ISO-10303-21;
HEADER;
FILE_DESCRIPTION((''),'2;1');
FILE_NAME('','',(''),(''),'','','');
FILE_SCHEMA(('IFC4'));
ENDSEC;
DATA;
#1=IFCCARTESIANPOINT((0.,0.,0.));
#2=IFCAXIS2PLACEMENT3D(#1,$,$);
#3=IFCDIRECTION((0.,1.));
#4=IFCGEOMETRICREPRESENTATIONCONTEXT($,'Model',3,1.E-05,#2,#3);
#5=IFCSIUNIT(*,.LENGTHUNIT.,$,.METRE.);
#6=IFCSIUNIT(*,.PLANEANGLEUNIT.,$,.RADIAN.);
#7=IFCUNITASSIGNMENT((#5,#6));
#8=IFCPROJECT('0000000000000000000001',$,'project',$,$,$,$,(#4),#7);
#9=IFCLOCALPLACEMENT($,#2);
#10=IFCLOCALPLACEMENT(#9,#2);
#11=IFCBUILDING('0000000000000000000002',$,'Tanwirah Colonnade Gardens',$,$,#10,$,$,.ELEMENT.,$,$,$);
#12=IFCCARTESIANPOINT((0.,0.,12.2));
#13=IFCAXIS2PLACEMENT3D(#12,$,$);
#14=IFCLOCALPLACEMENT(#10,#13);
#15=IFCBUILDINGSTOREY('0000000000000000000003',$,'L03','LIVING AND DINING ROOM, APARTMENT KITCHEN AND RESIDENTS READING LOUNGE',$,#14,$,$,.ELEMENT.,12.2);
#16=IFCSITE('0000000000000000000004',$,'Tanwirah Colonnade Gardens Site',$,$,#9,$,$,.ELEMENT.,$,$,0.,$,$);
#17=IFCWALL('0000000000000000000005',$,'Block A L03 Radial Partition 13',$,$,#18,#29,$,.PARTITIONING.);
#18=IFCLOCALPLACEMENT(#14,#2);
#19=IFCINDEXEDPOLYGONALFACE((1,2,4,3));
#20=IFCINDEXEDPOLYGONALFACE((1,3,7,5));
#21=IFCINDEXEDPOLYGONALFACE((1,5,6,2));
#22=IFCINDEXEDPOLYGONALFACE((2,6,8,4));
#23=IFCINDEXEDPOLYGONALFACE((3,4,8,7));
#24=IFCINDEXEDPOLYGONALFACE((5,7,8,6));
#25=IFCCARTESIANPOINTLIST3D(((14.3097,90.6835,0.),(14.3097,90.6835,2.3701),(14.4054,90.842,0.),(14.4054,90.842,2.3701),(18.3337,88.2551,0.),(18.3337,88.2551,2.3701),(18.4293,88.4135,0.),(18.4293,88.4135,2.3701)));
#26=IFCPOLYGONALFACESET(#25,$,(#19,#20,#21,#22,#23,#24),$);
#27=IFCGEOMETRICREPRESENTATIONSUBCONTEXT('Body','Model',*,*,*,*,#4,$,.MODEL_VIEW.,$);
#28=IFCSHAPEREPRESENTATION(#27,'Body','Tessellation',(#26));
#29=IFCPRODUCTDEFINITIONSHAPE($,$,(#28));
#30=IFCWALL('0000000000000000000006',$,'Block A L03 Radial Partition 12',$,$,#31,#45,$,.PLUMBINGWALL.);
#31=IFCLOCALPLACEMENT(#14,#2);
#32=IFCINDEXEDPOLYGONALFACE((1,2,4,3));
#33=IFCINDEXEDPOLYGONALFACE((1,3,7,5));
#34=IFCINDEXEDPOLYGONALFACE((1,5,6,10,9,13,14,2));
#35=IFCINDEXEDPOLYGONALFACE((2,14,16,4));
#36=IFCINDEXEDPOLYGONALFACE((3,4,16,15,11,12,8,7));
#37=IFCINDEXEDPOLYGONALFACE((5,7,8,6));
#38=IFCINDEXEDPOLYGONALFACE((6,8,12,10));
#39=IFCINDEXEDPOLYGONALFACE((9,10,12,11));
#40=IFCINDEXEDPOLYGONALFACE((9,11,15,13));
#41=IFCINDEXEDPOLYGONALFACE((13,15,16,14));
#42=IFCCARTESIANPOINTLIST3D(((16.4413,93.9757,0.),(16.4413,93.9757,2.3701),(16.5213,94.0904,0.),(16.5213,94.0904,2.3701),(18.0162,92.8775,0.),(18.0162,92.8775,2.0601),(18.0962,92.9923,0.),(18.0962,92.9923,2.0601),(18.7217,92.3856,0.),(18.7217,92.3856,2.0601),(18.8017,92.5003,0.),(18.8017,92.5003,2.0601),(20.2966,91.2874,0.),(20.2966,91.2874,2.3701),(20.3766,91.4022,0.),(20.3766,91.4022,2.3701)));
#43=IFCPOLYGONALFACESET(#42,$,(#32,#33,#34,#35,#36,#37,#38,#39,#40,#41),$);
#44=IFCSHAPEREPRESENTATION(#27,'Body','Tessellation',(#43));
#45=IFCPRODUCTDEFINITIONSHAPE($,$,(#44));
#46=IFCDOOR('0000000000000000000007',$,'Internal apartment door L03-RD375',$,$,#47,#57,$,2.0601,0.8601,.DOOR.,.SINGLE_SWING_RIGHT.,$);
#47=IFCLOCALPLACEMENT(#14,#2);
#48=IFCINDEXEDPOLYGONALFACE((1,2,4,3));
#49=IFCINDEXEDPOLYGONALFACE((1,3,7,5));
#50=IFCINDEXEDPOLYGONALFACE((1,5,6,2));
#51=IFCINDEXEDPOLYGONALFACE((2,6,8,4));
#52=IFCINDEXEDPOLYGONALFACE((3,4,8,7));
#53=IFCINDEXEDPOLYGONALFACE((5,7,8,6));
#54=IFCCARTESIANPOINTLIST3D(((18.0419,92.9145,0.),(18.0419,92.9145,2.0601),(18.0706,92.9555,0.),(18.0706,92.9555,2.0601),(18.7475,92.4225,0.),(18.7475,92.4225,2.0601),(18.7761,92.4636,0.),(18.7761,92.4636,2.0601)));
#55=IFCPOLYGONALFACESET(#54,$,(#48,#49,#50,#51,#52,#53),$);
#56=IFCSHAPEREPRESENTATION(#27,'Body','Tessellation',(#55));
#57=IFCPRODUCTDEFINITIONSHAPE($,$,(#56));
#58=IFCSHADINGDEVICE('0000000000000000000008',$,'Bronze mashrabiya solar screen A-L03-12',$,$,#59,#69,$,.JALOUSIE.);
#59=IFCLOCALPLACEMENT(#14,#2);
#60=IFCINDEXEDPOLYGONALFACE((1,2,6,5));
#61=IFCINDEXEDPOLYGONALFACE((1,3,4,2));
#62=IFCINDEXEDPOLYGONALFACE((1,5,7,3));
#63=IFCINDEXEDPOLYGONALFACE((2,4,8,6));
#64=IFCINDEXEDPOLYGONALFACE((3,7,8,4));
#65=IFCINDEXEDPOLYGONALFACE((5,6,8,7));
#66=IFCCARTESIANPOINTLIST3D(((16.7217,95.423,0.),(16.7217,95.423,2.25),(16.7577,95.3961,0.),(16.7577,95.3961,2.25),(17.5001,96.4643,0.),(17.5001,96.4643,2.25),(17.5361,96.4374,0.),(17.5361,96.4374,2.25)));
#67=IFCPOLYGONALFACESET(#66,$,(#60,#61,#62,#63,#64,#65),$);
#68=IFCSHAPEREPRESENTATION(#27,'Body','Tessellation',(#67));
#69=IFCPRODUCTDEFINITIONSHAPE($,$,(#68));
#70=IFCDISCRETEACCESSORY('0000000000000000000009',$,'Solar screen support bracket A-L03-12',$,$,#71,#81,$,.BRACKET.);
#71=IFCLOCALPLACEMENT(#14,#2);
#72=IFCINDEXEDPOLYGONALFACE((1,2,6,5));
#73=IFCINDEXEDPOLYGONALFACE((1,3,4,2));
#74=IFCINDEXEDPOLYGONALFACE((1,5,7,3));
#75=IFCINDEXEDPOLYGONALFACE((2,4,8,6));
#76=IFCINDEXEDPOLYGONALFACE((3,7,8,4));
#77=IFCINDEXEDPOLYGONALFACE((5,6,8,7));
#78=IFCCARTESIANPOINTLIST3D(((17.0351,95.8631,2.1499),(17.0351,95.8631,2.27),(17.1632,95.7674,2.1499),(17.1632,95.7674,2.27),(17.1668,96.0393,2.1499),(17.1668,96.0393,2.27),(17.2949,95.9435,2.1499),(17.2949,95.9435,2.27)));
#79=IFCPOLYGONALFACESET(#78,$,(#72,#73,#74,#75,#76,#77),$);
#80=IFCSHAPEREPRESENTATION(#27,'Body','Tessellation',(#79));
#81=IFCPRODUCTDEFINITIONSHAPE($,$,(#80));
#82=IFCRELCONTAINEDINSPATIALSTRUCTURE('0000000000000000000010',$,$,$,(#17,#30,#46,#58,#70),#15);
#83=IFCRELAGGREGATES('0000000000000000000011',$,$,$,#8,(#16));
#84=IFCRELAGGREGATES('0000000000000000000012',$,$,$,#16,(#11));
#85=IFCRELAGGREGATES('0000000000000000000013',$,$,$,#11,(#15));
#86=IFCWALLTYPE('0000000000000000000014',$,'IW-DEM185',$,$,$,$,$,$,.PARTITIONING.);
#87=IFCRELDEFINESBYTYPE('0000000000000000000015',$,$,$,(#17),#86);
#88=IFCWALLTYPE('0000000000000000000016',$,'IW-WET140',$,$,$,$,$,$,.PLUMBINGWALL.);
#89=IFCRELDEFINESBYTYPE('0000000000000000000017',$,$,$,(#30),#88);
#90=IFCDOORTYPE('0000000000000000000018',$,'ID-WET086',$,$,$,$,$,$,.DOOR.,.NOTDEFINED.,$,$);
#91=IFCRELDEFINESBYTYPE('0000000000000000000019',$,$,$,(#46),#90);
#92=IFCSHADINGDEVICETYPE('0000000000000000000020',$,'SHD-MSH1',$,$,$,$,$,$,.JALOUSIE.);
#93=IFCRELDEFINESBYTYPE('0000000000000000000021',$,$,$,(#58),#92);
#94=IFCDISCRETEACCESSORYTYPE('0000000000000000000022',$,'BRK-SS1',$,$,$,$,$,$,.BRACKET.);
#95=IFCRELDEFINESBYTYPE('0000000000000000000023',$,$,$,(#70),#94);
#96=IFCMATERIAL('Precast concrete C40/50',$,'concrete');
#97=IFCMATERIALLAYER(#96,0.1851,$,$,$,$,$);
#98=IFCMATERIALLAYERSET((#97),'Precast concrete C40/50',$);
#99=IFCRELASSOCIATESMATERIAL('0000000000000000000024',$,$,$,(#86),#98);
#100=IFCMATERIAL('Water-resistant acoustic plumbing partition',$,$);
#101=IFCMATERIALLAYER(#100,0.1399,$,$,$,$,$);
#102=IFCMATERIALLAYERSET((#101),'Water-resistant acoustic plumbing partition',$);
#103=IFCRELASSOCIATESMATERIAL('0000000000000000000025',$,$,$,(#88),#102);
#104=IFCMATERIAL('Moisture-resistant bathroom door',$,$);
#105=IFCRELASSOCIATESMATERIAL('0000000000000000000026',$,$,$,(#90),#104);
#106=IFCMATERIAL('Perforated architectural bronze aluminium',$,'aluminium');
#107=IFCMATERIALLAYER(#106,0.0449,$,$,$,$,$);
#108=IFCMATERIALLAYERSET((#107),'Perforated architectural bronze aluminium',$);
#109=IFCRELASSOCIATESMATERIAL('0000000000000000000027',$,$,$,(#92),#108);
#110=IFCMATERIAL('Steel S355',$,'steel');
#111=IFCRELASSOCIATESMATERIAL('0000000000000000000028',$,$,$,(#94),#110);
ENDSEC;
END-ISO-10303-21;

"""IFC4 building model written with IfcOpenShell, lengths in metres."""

from ifc_helpers import new_model, si_unit, direction, frame, frame_2d, origin, origin_2d, place, context, subcontext, project, spatial, rectangle, extrude, material, layer, layer_set, type_object, element, fill, save


model = new_model("IFC4")

# Units and contexts
model_context = context("Model", 3, precision=1e-05, world=origin(), true_north=direction((0.0, 1.0)))
body_context = subcontext(model_context, "Body", "Model", "MODEL_VIEW")
ifc_project = project(units=[si_unit("LENGTHUNIT", "METRE"), si_unit("PLANEANGLEUNIT", "RADIAN")], contexts=[model_context])

# Site, building, storey
site_placement = place(None, origin())
site = spatial("IfcSite", under=ifc_project, at=site_placement, Name="Tanwirah Colonnade Gardens Site", CompositionType="ELEMENT", RefElevation=0.0)
building_placement = place(site_placement, origin())
building = spatial("IfcBuilding", under=site, at=building_placement, Name="Tanwirah Colonnade Gardens", CompositionType="ELEMENT")
storey_placement = place(building_placement, frame((0.0, 0.0, 12.2)))
storey = spatial("IfcBuildingStorey", under=building, at=storey_placement, Name="L03", Description="LIVING AND DINING ROOM, APARTMENT KITCHEN AND RESIDENTS READING LOUNGE", CompositionType="ELEMENT", Elevation=12.2)

# Shared definitions
ifc_material_1 = material(Name="Precast concrete C40/50", Category="concrete")

# Wall
ifc_layer_1 = layer(ifc_material_1, 0.1851)
ifc_layer_set_1 = layer_set([ifc_layer_1], Name="Precast concrete C40/50")
wall_type_1 = type_object("IfcWallType", Name="IW-DEM185", PredefinedType="PARTITIONING", material=ifc_layer_set_1)
wall_1_placement = place(storey_placement, frame((18.3816, 88.3342, 0.0), z_axis=(0.0, 0.0, 1.0), x_axis=(-0.856165, 0.516702, 0.0)))
element("IfcWall", 1, at=wall_1_placement, inside=storey, type_object=wall_type_1, Name="Block A L03 Radial Partition 13", PredefinedType="PARTITIONING", context=body_context, shape_type="SweptSolid", body=[
    extrude(rectangle(XDim=4.7, YDim=0.1851, at=frame_2d((2.3501, 0.0))), origin(), (0.0, 0.0, 1.0), 2.3701),
])

# Wall, opening, door
ifc_material_2 = material(Name="Water-resistant acoustic plumbing partition")
ifc_layer_2 = layer(ifc_material_2, 0.1399)
ifc_layer_set_2 = layer_set([ifc_layer_2], Name="Water-resistant acoustic plumbing partition")
wall_type_2 = type_object("IfcWallType", Name="IW-WET140", PredefinedType="PLUMBINGWALL", material=ifc_layer_set_2)
wall_2_placement = place(storey_placement, frame((20.3367, 91.3447, 0.0), z_axis=(0.0, 0.0, 1.0), x_axis=(-0.820273, 0.571973, 0.0)))
wall_2 = element("IfcWall", 2, at=wall_2_placement, inside=storey, type_object=wall_type_2, Name="Block A L03 Radial Partition 12", PredefinedType="PLUMBINGWALL", context=body_context, shape_type="SweptSolid", body=[
    extrude(rectangle(XDim=4.7, YDim=0.1399, at=frame_2d((2.3501, 0.0))), origin(), (0.0, 0.0, 1.0), 2.3701),
])
opening_1_placement = place(wall_2_placement, frame((1.9199, 0.0, 0.0)))
opening_1 = element("IfcOpeningElement", 3, at=opening_1_placement, cuts=wall_2, PredefinedType="OPENING", context=body_context, shape_type="SweptSolid", body=[
    extrude(rectangle(XDim=0.8601, YDim=2.0601, at=frame_2d((0.4302, 1.03))), frame((0.0, 0.0798, 0.0), z_axis=(0.0, -1.0, 0.0), x_axis=(1.0, 0.0, 0.0)), (0.0, 0.0, 1.0), 0.1599),
])
ifc_material_3 = material(Name="Moisture-resistant bathroom door")
door_type_1 = type_object("IfcDoorType", Name="ID-WET086", OperationType="NOTDEFINED", PredefinedType="DOOR", material=ifc_material_3)
door_1_placement = place(opening_1_placement, origin())
door_1 = element("IfcDoor", 4, at=door_1_placement, inside=storey, type_object=door_type_1, Name="Internal apartment door L03-RD375", OperationType="SINGLE_SWING_RIGHT", OverallHeight=2.0601, OverallWidth=0.8601, PredefinedType="DOOR", context=body_context, shape_type="SweptSolid", body=[
    extrude(rectangle(XDim=0.8601, YDim=2.0601, at=frame_2d((0.4302, 1.03))), frame((0.0, 0.0249, 0.0), z_axis=(0.0, -1.0, 0.0), x_axis=(1.0, 0.0, 0.0)), (0.0, 0.0, 1.0), 0.05),
])
fill(opening_1, door_1)

# Shading device
ifc_material_4 = material(Name="Perforated architectural bronze aluminium", Category="aluminium")
ifc_layer_3 = layer(ifc_material_4, 0.0449)
ifc_layer_set_3 = layer_set([ifc_layer_3], Name="Perforated architectural bronze aluminium")
shading_device_type = type_object("IfcShadingDeviceType", Name="SHD-MSH1", PredefinedType="JALOUSIE", material=ifc_layer_set_3)
shading_device_placement = place(storey_placement, frame((17.1289, 95.9302, 0.0), z_axis=(0.0, 0.0, 1.0), x_axis=(-0.598714, -0.800963, 0.0)))
element("IfcShadingDevice", 5, at=shading_device_placement, inside=storey, type_object=shading_device_type, Name="Bronze mashrabiya solar screen A-L03-12", PredefinedType="JALOUSIE", context=body_context, shape_type="SweptSolid", body=[
    extrude(rectangle(XDim=1.3, YDim=0.0449, at=origin_2d()), origin(), (0.0, 0.0, 1.0), 2.25),
])

# Discrete accessory
ifc_material_5 = material(Name="Steel S355", Category="steel")
discrete_accessory_type = type_object("IfcDiscreteAccessoryType", Name="BRK-SS1", PredefinedType="BRACKET", material=ifc_material_5)
discrete_accessory_placement = place(storey_placement, frame((17.165, 95.9033, 2.1499), z_axis=(0.0, 0.0, 1.0), x_axis=(-0.598714, -0.800963, 0.0)))
element("IfcDiscreteAccessory", 6, at=discrete_accessory_placement, inside=storey, type_object=discrete_accessory_type, Name="Solar screen support bracket A-L03-12", PredefinedType="BRACKET", context=body_context, shape_type="SweptSolid", body=[
    extrude(rectangle(XDim=0.22, YDim=0.1599, at=origin_2d()), origin(), (0.0, 0.0, 1.0), 0.1201),
])

save(model, "model.ifc")
